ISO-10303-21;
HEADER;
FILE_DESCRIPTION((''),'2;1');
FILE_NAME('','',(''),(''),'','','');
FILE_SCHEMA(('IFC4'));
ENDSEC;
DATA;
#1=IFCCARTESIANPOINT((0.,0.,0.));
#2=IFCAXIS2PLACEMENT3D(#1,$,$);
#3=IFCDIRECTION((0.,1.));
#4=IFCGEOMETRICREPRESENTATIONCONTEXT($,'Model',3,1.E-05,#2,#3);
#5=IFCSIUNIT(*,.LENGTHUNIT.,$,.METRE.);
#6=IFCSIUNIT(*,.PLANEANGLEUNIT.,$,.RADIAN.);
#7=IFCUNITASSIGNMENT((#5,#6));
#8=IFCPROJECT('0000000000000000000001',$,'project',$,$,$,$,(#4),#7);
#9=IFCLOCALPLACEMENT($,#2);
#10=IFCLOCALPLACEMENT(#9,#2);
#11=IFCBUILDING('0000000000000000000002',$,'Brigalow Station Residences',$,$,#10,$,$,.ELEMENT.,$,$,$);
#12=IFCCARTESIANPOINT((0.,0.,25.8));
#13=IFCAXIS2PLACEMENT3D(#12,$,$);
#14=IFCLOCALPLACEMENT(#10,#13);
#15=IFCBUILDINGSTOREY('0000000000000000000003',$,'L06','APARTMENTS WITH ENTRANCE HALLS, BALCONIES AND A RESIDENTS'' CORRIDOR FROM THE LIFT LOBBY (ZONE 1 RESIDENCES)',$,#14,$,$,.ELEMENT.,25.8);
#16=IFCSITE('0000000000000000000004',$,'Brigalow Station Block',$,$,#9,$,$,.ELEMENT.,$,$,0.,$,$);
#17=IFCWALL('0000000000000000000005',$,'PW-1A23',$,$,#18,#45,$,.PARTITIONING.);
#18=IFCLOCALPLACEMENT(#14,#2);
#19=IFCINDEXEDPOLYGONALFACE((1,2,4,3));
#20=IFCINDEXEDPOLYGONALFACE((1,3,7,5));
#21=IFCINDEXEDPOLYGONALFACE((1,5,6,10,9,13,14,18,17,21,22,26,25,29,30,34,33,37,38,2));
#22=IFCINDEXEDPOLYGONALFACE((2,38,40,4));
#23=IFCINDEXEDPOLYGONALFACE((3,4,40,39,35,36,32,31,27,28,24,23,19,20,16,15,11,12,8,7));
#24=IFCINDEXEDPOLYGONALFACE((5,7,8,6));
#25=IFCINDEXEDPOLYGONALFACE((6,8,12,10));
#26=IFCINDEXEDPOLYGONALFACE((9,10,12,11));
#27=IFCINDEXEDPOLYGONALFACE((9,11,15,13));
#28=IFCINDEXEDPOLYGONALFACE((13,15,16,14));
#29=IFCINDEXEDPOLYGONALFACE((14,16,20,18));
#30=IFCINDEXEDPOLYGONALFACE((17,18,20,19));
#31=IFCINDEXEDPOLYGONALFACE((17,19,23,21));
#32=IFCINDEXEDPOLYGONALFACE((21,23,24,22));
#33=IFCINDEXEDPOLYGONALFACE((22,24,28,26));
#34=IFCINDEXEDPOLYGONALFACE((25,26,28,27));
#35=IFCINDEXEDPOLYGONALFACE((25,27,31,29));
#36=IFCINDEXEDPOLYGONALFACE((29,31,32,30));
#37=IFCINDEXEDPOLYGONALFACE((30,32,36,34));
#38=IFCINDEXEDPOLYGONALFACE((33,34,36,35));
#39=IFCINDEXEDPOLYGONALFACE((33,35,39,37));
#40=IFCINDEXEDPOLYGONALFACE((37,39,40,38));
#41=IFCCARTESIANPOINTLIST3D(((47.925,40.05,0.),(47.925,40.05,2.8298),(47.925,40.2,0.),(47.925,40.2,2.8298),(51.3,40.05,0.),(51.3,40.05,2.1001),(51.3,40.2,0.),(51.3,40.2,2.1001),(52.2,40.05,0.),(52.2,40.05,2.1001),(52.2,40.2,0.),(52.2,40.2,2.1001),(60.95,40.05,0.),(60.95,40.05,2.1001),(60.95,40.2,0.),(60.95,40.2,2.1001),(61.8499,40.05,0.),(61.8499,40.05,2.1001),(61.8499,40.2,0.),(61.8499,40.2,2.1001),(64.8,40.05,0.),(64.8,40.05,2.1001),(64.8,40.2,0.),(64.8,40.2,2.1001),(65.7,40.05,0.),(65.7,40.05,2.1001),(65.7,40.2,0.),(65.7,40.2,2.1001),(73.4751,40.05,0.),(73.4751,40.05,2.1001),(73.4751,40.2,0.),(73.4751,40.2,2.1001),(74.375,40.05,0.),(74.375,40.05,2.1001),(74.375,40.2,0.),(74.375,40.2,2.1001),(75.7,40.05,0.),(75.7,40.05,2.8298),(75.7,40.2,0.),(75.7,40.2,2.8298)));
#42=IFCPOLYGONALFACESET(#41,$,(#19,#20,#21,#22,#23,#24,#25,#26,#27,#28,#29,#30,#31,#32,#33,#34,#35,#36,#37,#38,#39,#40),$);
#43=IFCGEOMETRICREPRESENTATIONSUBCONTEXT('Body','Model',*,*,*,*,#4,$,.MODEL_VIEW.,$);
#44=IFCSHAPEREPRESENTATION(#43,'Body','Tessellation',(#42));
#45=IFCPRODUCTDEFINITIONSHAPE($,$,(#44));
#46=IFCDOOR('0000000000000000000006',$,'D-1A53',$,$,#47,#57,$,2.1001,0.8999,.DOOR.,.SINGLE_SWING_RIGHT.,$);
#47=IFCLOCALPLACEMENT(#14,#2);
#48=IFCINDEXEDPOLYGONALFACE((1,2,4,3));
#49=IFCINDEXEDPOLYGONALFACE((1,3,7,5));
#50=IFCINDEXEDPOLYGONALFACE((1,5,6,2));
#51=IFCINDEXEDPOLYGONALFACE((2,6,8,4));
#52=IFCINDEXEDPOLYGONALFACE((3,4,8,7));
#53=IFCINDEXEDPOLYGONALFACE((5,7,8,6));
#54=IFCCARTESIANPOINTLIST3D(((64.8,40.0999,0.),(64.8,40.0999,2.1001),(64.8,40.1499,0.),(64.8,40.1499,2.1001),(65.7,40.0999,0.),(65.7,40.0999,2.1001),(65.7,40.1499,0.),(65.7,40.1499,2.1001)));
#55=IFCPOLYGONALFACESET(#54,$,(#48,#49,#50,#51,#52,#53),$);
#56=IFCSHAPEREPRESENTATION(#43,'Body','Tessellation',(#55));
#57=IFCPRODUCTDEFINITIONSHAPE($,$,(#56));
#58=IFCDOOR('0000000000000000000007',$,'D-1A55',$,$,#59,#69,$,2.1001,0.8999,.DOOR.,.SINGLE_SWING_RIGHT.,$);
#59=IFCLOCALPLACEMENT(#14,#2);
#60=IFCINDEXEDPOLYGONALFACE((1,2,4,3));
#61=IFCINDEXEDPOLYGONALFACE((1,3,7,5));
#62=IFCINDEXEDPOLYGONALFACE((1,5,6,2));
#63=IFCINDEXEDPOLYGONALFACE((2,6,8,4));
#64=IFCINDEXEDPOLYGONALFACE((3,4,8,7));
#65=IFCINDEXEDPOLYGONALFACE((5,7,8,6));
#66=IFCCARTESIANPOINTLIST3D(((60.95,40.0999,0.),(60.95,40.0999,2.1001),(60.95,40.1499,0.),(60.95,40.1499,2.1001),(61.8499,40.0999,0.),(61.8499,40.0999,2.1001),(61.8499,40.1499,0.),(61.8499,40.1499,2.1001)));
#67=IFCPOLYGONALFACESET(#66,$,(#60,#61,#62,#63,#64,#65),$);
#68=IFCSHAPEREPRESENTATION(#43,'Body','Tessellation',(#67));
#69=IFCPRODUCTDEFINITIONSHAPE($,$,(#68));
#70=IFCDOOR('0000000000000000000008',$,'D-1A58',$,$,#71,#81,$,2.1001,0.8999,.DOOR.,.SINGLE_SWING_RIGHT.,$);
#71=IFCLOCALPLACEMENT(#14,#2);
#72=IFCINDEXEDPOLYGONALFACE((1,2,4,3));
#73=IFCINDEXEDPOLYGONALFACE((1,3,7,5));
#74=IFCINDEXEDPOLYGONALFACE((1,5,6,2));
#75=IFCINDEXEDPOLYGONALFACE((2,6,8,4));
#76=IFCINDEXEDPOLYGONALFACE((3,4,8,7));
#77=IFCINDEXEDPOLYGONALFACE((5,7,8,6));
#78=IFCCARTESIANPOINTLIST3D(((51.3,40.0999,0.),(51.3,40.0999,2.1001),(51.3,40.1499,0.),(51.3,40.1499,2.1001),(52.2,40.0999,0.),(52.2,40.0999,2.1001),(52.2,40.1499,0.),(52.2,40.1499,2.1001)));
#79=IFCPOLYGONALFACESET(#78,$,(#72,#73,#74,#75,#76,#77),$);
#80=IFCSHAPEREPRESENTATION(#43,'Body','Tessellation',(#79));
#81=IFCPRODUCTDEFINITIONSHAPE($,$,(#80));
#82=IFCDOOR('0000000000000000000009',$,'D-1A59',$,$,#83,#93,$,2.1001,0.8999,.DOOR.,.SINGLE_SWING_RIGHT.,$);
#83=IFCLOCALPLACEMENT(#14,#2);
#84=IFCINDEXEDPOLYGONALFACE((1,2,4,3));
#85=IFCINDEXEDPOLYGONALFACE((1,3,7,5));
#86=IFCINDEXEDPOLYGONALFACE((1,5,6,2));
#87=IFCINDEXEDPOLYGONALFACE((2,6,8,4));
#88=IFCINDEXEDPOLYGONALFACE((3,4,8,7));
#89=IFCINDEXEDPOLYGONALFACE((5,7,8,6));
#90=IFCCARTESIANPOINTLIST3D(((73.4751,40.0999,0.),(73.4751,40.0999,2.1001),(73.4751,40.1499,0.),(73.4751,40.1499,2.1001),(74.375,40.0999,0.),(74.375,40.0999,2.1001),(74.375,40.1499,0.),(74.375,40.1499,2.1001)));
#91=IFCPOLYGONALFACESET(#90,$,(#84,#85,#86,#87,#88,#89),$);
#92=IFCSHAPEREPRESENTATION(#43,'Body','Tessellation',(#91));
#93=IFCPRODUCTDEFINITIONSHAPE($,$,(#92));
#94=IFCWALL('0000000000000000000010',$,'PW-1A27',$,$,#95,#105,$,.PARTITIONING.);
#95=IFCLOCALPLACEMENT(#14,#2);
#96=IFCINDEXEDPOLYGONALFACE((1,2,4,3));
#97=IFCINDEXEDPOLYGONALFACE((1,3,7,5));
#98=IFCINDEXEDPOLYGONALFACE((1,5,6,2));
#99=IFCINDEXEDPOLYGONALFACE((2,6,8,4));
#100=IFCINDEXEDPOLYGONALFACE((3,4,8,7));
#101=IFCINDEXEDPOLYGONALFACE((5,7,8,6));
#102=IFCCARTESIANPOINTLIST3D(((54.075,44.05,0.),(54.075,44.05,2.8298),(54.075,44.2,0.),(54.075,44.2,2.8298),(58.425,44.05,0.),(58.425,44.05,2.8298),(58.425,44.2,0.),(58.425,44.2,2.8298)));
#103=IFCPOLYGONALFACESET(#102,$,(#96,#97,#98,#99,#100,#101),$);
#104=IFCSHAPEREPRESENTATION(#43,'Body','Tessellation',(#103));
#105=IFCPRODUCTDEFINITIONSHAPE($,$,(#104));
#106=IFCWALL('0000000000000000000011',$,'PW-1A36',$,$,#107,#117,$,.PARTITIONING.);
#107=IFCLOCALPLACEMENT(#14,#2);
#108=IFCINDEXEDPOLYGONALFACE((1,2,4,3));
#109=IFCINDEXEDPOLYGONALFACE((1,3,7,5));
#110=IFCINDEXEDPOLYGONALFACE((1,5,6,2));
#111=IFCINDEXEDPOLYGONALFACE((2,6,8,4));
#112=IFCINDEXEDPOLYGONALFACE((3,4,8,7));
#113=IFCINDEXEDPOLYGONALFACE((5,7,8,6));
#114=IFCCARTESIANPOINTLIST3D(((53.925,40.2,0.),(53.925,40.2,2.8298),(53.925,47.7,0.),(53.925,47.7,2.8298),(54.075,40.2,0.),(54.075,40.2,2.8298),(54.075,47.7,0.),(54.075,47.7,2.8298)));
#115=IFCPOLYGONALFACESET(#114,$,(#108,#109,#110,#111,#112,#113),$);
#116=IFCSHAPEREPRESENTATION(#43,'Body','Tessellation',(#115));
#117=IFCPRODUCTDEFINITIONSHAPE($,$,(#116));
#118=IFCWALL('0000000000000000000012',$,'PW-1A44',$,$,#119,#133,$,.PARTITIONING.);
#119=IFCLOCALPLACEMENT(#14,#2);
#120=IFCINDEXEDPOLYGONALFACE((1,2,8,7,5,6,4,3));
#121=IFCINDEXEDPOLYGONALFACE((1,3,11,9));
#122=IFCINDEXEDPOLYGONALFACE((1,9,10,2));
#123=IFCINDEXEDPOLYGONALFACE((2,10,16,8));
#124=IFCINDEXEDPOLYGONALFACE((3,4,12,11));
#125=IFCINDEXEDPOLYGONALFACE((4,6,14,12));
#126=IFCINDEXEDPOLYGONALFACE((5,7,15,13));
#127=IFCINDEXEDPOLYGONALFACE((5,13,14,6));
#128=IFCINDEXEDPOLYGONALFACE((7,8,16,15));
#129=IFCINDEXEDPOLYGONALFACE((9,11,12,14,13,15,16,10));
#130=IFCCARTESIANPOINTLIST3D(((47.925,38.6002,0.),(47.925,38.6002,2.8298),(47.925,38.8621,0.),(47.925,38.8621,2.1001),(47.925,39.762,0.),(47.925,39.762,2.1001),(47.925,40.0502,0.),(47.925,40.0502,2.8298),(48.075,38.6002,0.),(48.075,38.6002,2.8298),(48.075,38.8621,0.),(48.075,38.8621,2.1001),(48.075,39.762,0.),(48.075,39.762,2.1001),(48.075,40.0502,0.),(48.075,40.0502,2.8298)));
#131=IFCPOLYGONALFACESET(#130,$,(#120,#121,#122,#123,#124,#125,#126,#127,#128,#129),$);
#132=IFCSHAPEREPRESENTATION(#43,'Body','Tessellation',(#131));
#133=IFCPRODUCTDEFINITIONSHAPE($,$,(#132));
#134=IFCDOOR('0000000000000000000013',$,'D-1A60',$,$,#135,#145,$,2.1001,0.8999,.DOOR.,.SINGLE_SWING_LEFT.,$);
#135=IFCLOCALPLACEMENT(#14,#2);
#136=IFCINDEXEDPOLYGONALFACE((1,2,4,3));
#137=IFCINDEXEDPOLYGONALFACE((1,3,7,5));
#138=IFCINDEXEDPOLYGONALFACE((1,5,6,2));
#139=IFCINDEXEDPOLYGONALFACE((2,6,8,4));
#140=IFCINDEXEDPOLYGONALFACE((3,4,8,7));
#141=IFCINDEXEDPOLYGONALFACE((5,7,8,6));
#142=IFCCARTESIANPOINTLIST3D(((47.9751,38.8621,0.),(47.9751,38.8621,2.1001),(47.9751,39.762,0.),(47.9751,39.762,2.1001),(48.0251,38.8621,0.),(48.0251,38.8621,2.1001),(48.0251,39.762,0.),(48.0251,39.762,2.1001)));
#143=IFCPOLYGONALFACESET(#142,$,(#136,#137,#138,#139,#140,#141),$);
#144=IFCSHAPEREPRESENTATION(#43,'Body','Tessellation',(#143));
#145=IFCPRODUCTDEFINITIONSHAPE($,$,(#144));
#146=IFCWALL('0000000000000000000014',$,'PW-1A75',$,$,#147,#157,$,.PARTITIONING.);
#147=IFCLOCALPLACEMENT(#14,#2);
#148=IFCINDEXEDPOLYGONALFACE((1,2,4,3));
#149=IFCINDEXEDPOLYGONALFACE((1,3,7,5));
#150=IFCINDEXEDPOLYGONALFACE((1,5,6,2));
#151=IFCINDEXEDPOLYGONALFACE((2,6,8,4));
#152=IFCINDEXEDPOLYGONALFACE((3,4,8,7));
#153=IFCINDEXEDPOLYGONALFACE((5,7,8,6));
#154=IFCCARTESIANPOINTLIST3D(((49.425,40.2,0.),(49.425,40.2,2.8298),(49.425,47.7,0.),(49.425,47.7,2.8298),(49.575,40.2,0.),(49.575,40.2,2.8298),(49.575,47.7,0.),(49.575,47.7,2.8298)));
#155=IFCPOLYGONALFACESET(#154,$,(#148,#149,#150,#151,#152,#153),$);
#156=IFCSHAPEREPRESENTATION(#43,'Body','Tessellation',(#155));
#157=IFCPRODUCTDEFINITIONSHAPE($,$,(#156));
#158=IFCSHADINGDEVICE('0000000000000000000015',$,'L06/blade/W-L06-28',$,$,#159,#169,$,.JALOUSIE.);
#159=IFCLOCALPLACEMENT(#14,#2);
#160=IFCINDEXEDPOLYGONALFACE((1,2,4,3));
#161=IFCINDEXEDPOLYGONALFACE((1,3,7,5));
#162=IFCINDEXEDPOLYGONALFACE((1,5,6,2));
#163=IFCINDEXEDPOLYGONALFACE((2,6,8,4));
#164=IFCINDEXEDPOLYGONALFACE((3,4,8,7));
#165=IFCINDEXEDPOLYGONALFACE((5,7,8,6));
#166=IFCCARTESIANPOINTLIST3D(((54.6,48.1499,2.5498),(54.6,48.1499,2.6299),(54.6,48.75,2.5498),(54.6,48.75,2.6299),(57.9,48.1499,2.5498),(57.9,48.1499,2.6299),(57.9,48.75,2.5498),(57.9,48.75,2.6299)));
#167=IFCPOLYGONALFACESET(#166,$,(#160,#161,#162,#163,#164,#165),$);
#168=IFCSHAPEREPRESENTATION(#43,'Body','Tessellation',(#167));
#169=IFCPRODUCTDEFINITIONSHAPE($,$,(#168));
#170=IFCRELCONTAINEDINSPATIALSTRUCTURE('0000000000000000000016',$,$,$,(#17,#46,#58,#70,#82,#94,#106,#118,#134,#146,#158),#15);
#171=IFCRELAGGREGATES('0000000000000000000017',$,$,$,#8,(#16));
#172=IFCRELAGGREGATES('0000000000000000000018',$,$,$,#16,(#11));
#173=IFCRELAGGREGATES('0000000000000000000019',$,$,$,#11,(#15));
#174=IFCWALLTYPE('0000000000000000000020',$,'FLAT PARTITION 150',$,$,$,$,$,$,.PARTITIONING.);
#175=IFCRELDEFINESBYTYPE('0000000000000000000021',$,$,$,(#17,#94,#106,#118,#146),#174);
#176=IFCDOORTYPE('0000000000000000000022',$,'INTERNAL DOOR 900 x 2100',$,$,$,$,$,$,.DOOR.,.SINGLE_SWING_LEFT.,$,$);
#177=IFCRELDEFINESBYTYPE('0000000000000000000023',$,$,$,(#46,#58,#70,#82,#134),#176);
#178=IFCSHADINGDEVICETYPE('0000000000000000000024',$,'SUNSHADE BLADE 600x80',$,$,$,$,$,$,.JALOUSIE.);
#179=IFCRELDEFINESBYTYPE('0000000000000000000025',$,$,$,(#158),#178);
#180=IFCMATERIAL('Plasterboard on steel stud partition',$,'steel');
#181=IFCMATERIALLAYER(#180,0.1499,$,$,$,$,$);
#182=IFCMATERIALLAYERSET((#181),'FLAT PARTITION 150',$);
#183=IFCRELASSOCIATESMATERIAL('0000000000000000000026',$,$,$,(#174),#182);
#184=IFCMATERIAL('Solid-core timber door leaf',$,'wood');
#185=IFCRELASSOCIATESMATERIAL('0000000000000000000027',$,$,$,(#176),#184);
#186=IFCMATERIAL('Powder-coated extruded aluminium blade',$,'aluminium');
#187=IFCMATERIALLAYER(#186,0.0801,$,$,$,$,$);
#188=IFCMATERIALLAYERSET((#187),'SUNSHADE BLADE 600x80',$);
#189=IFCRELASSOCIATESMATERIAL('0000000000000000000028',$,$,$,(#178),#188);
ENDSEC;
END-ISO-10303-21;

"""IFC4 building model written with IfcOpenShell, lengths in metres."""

from ifc_helpers import new_model, si_unit, direction, frame, frame_2d, origin, origin_2d, place, context, subcontext, project, spatial, rectangle, extrude, material, layer, layer_set, type_object, element, fill, save


model = new_model("IFC4")

# Units and contexts
model_context = context("Model", 3, precision=1e-05, world=origin(), true_north=direction((0.0, 1.0)))
body_context = subcontext(model_context, "Body", "Model", "MODEL_VIEW")
ifc_project = project(units=[si_unit("LENGTHUNIT", "METRE"), si_unit("PLANEANGLEUNIT", "RADIAN")], contexts=[model_context])

# Site, building, storey
site_placement = place(None, origin())
site = spatial("IfcSite", under=ifc_project, at=site_placement, Name="Brigalow Station Block", CompositionType="ELEMENT", RefElevation=0.0)
building_placement = place(site_placement, origin())
building = spatial("IfcBuilding", under=site, at=building_placement, Name="Brigalow Station Residences", CompositionType="ELEMENT")
storey_placement = place(building_placement, frame((0.0, 0.0, 25.8)))
storey = spatial("IfcBuildingStorey", under=building, at=storey_placement, Name="L06", Description="APARTMENTS WITH ENTRANCE HALLS, BALCONIES AND A RESIDENTS' CORRIDOR FROM THE LIFT LOBBY (ZONE 1 RESIDENCES)", CompositionType="ELEMENT", Elevation=25.8)

# Wall, openings, doors
ifc_material_1 = material(Name="Plasterboard on steel stud partition", Category="steel")
ifc_layer_1 = layer(ifc_material_1, 0.1499)
ifc_layer_set_1 = layer_set([ifc_layer_1], Name="FLAT PARTITION 150")
wall_type_1 = type_object("IfcWallType", Name="FLAT PARTITION 150", PredefinedType="PARTITIONING", material=ifc_layer_set_1)
wall_1_placement = place(storey_placement, frame((47.925, 40.125, 0.0), z_axis=(0.0, 0.0, 1.0), x_axis=(1.0, 0.0, 0.0)))
wall_1 = element("IfcWall", 1, at=wall_1_placement, inside=storey, type_object=wall_type_1, Name="PW-1A23", PredefinedType="PARTITIONING", context=body_context, shape_type="SweptSolid", body=[
    extrude(rectangle(XDim=27.7749, YDim=0.1499, at=frame_2d((13.8875, 0.0))), origin(), (0.0, 0.0, 1.0), 2.8298),
])
opening_1_placement = place(wall_1_placement, frame((16.875, 0.0, 0.0)))
opening_1 = element("IfcOpeningElement", 2, at=opening_1_placement, cuts=wall_1, PredefinedType="OPENING", context=body_context, shape_type="SweptSolid", body=[
    extrude(rectangle(XDim=0.8999, YDim=2.1001, at=frame_2d((0.45, 1.05))), frame((0.0, 0.085, 0.0), z_axis=(0.0, -1.0, 0.0), x_axis=(1.0, 0.0, 0.0)), (0.0, 0.0, 1.0), 0.1699),
])
opening_2_placement = place(wall_1_placement, frame((13.0249, 0.0, 0.0)))
opening_2 = element("IfcOpeningElement", 3, at=opening_2_placement, cuts=wall_1, PredefinedType="OPENING", context=body_context, shape_type="SweptSolid", body=[
    extrude(rectangle(XDim=0.8999, YDim=2.1001, at=frame_2d((0.45, 1.05))), frame((0.0, 0.085, 0.0), z_axis=(0.0, -1.0, 0.0), x_axis=(1.0, 0.0, 0.0)), (0.0, 0.0, 1.0), 0.1699),
])
opening_3_placement = place(wall_1_placement, frame((3.375, 0.0, 0.0)))
opening_3 = element("IfcOpeningElement", 4, at=opening_3_placement, cuts=wall_1, PredefinedType="OPENING", context=body_context, shape_type="SweptSolid", body=[
    extrude(rectangle(XDim=0.8999, YDim=2.1001, at=frame_2d((0.45, 1.05))), frame((0.0, 0.085, 0.0), z_axis=(0.0, -1.0, 0.0), x_axis=(1.0, 0.0, 0.0)), (0.0, 0.0, 1.0), 0.1699),
])
opening_4_placement = place(wall_1_placement, frame((25.55, 0.0, 0.0)))
opening_4 = element("IfcOpeningElement", 5, at=opening_4_placement, cuts=wall_1, PredefinedType="OPENING", context=body_context, shape_type="SweptSolid", body=[
    extrude(rectangle(XDim=0.8999, YDim=2.1001, at=frame_2d((0.45, 1.05))), frame((0.0, 0.085, 0.0), z_axis=(0.0, -1.0, 0.0), x_axis=(1.0, 0.0, 0.0)), (0.0, 0.0, 1.0), 0.1699),
])
ifc_material_2 = material(Name="Solid-core timber door leaf", Category="wood")
door_type_1 = type_object("IfcDoorType", Name="INTERNAL DOOR 900 x 2100", OperationType="SINGLE_SWING_LEFT", PredefinedType="DOOR", material=ifc_material_2)
door_1_placement = place(opening_1_placement, origin())
door_1 = element("IfcDoor", 6, at=door_1_placement, inside=storey, type_object=door_type_1, Name="D-1A53", OperationType="SINGLE_SWING_RIGHT", OverallHeight=2.1001, OverallWidth=0.8999, PredefinedType="DOOR", context=body_context, shape_type="SweptSolid", body=[
    extrude(rectangle(XDim=0.8999, YDim=2.1001, at=frame_2d((0.45, 1.05))), frame((0.0, 0.0249, 0.0), z_axis=(0.0, -1.0, 0.0), x_axis=(1.0, 0.0, 0.0)), (0.0, 0.0, 1.0), 0.05),
])
fill(opening_1, door_1)
door_2_placement = place(opening_2_placement, origin())
door_2 = element("IfcDoor", 7, at=door_2_placement, inside=storey, type_object=door_type_1, Name="D-1A55", OperationType="SINGLE_SWING_RIGHT", OverallHeight=2.1001, OverallWidth=0.8999, PredefinedType="DOOR", context=body_context, shape_type="SweptSolid", body=[
    extrude(rectangle(XDim=0.8999, YDim=2.1001, at=frame_2d((0.45, 1.05))), frame((0.0, 0.0249, 0.0), z_axis=(0.0, -1.0, 0.0), x_axis=(1.0, 0.0, 0.0)), (0.0, 0.0, 1.0), 0.05),
])
fill(opening_2, door_2)
door_3_placement = place(opening_3_placement, origin())
door_3 = element("IfcDoor", 8, at=door_3_placement, inside=storey, type_object=door_type_1, Name="D-1A58", OperationType="SINGLE_SWING_RIGHT", OverallHeight=2.1001, OverallWidth=0.8999, PredefinedType="DOOR", context=body_context, shape_type="SweptSolid", body=[
    extrude(rectangle(XDim=0.8999, YDim=2.1001, at=frame_2d((0.45, 1.05))), frame((0.0, 0.0249, 0.0), z_axis=(0.0, -1.0, 0.0), x_axis=(1.0, 0.0, 0.0)), (0.0, 0.0, 1.0), 0.05),
])
fill(opening_3, door_3)
door_4_placement = place(opening_4_placement, origin())
door_4 = element("IfcDoor", 9, at=door_4_placement, inside=storey, type_object=door_type_1, Name="D-1A59", OperationType="SINGLE_SWING_RIGHT", OverallHeight=2.1001, OverallWidth=0.8999, PredefinedType="DOOR", context=body_context, shape_type="SweptSolid", body=[
    extrude(rectangle(XDim=0.8999, YDim=2.1001, at=frame_2d((0.45, 1.05))), frame((0.0, 0.0249, 0.0), z_axis=(0.0, -1.0, 0.0), x_axis=(1.0, 0.0, 0.0)), (0.0, 0.0, 1.0), 0.05),
])
fill(opening_4, door_4)

# Walls
wall_2_placement = place(storey_placement, frame((54.075, 44.125, 0.0), z_axis=(0.0, 0.0, 1.0), x_axis=(1.0, 0.0, 0.0)))
element("IfcWall", 10, at=wall_2_placement, inside=storey, type_object=wall_type_1, Name="PW-1A27", PredefinedType="PARTITIONING", context=body_context, shape_type="SweptSolid", body=[
    extrude(rectangle(XDim=4.3501, YDim=0.1499, at=frame_2d((2.175, 0.0))), origin(), (0.0, 0.0, 1.0), 2.8298),
])
wall_3_placement = place(storey_placement, frame((54.0, 40.2, 0.0), z_axis=(0.0, 0.0, 1.0), x_axis=(0.0, 1.0, 0.0)))
element("IfcWall", 11, at=wall_3_placement, inside=storey, type_object=wall_type_1, Name="PW-1A36", PredefinedType="PARTITIONING", context=body_context, shape_type="SweptSolid", body=[
    extrude(rectangle(XDim=7.5, YDim=0.1499, at=frame_2d((3.75, 0.0))), origin(), (0.0, 0.0, 1.0), 2.8298),
])

# Wall, opening, door
wall_4_placement = place(storey_placement, frame((48.0, 38.6001, 0.0), z_axis=(0.0, 0.0, 1.0), x_axis=(0.0, 1.0, 0.0)))
wall_4 = element("IfcWall", 12, at=wall_4_placement, inside=storey, type_object=wall_type_1, Name="PW-1A44", PredefinedType="PARTITIONING", context=body_context, shape_type="SweptSolid", body=[
    extrude(rectangle(XDim=1.45, YDim=0.1499, at=frame_2d((0.7251, 0.0))), origin(), (0.0, 0.0, 1.0), 2.8298),
])
opening_5_placement = place(wall_4_placement, frame((0.262, 0.0, 0.0)))
opening_5 = element("IfcOpeningElement", 13, at=opening_5_placement, cuts=wall_4, PredefinedType="OPENING", context=body_context, shape_type="SweptSolid", body=[
    extrude(rectangle(XDim=0.8999, YDim=2.1001, at=frame_2d((0.45, 1.05))), frame((0.0, 0.085, 0.0), z_axis=(0.0, -1.0, 0.0), x_axis=(1.0, 0.0, 0.0)), (0.0, 0.0, 1.0), 0.1699),
])
door_5_placement = place(opening_5_placement, origin())
door_5 = element("IfcDoor", 14, at=door_5_placement, inside=storey, type_object=door_type_1, Name="D-1A60", OperationType="SINGLE_SWING_LEFT", OverallHeight=2.1001, OverallWidth=0.8999, PredefinedType="DOOR", context=body_context, shape_type="SweptSolid", body=[
    extrude(rectangle(XDim=0.8999, YDim=2.1001, at=frame_2d((0.45, 1.05))), frame((0.0, 0.0249, 0.0), z_axis=(0.0, -1.0, 0.0), x_axis=(1.0, 0.0, 0.0)), (0.0, 0.0, 1.0), 0.05),
])
fill(opening_5, door_5)

# Wall
wall_5_placement = place(storey_placement, frame((49.5, 40.2, 0.0), z_axis=(0.0, 0.0, 1.0), x_axis=(0.0, 1.0, 0.0)))
element("IfcWall", 15, at=wall_5_placement, inside=storey, type_object=wall_type_1, Name="PW-1A75", PredefinedType="PARTITIONING", context=body_context, shape_type="SweptSolid", body=[
    extrude(rectangle(XDim=7.5, YDim=0.1499, at=frame_2d((3.75, 0.0))), origin(), (0.0, 0.0, 1.0), 2.8298),
])

# Shading device
ifc_material_3 = material(Name="Powder-coated extruded aluminium blade", Category="aluminium")
ifc_layer_2 = layer(ifc_material_3, 0.0801)
ifc_layer_set_2 = layer_set([ifc_layer_2], Name="SUNSHADE BLADE 600x80")
shading_device_type = type_object("IfcShadingDeviceType", Name="SUNSHADE BLADE 600x80", PredefinedType="JALOUSIE", material=ifc_layer_set_2)
shading_device_placement = place(storey_placement, frame((56.25, 48.45, 2.5498), z_axis=(0.0, 0.0, 1.0), x_axis=(-1.0, 0.0, 0.0)))
element("IfcShadingDevice", 16, at=shading_device_placement, inside=storey, type_object=shading_device_type, Name="L06/blade/W-L06-28", PredefinedType="JALOUSIE", context=body_context, shape_type="SweptSolid", body=[
    extrude(rectangle(XDim=3.3, YDim=0.6001, at=origin_2d()), origin(), (0.0, 0.0, 1.0), 0.0801),
])

save(model, "model.ifc")
